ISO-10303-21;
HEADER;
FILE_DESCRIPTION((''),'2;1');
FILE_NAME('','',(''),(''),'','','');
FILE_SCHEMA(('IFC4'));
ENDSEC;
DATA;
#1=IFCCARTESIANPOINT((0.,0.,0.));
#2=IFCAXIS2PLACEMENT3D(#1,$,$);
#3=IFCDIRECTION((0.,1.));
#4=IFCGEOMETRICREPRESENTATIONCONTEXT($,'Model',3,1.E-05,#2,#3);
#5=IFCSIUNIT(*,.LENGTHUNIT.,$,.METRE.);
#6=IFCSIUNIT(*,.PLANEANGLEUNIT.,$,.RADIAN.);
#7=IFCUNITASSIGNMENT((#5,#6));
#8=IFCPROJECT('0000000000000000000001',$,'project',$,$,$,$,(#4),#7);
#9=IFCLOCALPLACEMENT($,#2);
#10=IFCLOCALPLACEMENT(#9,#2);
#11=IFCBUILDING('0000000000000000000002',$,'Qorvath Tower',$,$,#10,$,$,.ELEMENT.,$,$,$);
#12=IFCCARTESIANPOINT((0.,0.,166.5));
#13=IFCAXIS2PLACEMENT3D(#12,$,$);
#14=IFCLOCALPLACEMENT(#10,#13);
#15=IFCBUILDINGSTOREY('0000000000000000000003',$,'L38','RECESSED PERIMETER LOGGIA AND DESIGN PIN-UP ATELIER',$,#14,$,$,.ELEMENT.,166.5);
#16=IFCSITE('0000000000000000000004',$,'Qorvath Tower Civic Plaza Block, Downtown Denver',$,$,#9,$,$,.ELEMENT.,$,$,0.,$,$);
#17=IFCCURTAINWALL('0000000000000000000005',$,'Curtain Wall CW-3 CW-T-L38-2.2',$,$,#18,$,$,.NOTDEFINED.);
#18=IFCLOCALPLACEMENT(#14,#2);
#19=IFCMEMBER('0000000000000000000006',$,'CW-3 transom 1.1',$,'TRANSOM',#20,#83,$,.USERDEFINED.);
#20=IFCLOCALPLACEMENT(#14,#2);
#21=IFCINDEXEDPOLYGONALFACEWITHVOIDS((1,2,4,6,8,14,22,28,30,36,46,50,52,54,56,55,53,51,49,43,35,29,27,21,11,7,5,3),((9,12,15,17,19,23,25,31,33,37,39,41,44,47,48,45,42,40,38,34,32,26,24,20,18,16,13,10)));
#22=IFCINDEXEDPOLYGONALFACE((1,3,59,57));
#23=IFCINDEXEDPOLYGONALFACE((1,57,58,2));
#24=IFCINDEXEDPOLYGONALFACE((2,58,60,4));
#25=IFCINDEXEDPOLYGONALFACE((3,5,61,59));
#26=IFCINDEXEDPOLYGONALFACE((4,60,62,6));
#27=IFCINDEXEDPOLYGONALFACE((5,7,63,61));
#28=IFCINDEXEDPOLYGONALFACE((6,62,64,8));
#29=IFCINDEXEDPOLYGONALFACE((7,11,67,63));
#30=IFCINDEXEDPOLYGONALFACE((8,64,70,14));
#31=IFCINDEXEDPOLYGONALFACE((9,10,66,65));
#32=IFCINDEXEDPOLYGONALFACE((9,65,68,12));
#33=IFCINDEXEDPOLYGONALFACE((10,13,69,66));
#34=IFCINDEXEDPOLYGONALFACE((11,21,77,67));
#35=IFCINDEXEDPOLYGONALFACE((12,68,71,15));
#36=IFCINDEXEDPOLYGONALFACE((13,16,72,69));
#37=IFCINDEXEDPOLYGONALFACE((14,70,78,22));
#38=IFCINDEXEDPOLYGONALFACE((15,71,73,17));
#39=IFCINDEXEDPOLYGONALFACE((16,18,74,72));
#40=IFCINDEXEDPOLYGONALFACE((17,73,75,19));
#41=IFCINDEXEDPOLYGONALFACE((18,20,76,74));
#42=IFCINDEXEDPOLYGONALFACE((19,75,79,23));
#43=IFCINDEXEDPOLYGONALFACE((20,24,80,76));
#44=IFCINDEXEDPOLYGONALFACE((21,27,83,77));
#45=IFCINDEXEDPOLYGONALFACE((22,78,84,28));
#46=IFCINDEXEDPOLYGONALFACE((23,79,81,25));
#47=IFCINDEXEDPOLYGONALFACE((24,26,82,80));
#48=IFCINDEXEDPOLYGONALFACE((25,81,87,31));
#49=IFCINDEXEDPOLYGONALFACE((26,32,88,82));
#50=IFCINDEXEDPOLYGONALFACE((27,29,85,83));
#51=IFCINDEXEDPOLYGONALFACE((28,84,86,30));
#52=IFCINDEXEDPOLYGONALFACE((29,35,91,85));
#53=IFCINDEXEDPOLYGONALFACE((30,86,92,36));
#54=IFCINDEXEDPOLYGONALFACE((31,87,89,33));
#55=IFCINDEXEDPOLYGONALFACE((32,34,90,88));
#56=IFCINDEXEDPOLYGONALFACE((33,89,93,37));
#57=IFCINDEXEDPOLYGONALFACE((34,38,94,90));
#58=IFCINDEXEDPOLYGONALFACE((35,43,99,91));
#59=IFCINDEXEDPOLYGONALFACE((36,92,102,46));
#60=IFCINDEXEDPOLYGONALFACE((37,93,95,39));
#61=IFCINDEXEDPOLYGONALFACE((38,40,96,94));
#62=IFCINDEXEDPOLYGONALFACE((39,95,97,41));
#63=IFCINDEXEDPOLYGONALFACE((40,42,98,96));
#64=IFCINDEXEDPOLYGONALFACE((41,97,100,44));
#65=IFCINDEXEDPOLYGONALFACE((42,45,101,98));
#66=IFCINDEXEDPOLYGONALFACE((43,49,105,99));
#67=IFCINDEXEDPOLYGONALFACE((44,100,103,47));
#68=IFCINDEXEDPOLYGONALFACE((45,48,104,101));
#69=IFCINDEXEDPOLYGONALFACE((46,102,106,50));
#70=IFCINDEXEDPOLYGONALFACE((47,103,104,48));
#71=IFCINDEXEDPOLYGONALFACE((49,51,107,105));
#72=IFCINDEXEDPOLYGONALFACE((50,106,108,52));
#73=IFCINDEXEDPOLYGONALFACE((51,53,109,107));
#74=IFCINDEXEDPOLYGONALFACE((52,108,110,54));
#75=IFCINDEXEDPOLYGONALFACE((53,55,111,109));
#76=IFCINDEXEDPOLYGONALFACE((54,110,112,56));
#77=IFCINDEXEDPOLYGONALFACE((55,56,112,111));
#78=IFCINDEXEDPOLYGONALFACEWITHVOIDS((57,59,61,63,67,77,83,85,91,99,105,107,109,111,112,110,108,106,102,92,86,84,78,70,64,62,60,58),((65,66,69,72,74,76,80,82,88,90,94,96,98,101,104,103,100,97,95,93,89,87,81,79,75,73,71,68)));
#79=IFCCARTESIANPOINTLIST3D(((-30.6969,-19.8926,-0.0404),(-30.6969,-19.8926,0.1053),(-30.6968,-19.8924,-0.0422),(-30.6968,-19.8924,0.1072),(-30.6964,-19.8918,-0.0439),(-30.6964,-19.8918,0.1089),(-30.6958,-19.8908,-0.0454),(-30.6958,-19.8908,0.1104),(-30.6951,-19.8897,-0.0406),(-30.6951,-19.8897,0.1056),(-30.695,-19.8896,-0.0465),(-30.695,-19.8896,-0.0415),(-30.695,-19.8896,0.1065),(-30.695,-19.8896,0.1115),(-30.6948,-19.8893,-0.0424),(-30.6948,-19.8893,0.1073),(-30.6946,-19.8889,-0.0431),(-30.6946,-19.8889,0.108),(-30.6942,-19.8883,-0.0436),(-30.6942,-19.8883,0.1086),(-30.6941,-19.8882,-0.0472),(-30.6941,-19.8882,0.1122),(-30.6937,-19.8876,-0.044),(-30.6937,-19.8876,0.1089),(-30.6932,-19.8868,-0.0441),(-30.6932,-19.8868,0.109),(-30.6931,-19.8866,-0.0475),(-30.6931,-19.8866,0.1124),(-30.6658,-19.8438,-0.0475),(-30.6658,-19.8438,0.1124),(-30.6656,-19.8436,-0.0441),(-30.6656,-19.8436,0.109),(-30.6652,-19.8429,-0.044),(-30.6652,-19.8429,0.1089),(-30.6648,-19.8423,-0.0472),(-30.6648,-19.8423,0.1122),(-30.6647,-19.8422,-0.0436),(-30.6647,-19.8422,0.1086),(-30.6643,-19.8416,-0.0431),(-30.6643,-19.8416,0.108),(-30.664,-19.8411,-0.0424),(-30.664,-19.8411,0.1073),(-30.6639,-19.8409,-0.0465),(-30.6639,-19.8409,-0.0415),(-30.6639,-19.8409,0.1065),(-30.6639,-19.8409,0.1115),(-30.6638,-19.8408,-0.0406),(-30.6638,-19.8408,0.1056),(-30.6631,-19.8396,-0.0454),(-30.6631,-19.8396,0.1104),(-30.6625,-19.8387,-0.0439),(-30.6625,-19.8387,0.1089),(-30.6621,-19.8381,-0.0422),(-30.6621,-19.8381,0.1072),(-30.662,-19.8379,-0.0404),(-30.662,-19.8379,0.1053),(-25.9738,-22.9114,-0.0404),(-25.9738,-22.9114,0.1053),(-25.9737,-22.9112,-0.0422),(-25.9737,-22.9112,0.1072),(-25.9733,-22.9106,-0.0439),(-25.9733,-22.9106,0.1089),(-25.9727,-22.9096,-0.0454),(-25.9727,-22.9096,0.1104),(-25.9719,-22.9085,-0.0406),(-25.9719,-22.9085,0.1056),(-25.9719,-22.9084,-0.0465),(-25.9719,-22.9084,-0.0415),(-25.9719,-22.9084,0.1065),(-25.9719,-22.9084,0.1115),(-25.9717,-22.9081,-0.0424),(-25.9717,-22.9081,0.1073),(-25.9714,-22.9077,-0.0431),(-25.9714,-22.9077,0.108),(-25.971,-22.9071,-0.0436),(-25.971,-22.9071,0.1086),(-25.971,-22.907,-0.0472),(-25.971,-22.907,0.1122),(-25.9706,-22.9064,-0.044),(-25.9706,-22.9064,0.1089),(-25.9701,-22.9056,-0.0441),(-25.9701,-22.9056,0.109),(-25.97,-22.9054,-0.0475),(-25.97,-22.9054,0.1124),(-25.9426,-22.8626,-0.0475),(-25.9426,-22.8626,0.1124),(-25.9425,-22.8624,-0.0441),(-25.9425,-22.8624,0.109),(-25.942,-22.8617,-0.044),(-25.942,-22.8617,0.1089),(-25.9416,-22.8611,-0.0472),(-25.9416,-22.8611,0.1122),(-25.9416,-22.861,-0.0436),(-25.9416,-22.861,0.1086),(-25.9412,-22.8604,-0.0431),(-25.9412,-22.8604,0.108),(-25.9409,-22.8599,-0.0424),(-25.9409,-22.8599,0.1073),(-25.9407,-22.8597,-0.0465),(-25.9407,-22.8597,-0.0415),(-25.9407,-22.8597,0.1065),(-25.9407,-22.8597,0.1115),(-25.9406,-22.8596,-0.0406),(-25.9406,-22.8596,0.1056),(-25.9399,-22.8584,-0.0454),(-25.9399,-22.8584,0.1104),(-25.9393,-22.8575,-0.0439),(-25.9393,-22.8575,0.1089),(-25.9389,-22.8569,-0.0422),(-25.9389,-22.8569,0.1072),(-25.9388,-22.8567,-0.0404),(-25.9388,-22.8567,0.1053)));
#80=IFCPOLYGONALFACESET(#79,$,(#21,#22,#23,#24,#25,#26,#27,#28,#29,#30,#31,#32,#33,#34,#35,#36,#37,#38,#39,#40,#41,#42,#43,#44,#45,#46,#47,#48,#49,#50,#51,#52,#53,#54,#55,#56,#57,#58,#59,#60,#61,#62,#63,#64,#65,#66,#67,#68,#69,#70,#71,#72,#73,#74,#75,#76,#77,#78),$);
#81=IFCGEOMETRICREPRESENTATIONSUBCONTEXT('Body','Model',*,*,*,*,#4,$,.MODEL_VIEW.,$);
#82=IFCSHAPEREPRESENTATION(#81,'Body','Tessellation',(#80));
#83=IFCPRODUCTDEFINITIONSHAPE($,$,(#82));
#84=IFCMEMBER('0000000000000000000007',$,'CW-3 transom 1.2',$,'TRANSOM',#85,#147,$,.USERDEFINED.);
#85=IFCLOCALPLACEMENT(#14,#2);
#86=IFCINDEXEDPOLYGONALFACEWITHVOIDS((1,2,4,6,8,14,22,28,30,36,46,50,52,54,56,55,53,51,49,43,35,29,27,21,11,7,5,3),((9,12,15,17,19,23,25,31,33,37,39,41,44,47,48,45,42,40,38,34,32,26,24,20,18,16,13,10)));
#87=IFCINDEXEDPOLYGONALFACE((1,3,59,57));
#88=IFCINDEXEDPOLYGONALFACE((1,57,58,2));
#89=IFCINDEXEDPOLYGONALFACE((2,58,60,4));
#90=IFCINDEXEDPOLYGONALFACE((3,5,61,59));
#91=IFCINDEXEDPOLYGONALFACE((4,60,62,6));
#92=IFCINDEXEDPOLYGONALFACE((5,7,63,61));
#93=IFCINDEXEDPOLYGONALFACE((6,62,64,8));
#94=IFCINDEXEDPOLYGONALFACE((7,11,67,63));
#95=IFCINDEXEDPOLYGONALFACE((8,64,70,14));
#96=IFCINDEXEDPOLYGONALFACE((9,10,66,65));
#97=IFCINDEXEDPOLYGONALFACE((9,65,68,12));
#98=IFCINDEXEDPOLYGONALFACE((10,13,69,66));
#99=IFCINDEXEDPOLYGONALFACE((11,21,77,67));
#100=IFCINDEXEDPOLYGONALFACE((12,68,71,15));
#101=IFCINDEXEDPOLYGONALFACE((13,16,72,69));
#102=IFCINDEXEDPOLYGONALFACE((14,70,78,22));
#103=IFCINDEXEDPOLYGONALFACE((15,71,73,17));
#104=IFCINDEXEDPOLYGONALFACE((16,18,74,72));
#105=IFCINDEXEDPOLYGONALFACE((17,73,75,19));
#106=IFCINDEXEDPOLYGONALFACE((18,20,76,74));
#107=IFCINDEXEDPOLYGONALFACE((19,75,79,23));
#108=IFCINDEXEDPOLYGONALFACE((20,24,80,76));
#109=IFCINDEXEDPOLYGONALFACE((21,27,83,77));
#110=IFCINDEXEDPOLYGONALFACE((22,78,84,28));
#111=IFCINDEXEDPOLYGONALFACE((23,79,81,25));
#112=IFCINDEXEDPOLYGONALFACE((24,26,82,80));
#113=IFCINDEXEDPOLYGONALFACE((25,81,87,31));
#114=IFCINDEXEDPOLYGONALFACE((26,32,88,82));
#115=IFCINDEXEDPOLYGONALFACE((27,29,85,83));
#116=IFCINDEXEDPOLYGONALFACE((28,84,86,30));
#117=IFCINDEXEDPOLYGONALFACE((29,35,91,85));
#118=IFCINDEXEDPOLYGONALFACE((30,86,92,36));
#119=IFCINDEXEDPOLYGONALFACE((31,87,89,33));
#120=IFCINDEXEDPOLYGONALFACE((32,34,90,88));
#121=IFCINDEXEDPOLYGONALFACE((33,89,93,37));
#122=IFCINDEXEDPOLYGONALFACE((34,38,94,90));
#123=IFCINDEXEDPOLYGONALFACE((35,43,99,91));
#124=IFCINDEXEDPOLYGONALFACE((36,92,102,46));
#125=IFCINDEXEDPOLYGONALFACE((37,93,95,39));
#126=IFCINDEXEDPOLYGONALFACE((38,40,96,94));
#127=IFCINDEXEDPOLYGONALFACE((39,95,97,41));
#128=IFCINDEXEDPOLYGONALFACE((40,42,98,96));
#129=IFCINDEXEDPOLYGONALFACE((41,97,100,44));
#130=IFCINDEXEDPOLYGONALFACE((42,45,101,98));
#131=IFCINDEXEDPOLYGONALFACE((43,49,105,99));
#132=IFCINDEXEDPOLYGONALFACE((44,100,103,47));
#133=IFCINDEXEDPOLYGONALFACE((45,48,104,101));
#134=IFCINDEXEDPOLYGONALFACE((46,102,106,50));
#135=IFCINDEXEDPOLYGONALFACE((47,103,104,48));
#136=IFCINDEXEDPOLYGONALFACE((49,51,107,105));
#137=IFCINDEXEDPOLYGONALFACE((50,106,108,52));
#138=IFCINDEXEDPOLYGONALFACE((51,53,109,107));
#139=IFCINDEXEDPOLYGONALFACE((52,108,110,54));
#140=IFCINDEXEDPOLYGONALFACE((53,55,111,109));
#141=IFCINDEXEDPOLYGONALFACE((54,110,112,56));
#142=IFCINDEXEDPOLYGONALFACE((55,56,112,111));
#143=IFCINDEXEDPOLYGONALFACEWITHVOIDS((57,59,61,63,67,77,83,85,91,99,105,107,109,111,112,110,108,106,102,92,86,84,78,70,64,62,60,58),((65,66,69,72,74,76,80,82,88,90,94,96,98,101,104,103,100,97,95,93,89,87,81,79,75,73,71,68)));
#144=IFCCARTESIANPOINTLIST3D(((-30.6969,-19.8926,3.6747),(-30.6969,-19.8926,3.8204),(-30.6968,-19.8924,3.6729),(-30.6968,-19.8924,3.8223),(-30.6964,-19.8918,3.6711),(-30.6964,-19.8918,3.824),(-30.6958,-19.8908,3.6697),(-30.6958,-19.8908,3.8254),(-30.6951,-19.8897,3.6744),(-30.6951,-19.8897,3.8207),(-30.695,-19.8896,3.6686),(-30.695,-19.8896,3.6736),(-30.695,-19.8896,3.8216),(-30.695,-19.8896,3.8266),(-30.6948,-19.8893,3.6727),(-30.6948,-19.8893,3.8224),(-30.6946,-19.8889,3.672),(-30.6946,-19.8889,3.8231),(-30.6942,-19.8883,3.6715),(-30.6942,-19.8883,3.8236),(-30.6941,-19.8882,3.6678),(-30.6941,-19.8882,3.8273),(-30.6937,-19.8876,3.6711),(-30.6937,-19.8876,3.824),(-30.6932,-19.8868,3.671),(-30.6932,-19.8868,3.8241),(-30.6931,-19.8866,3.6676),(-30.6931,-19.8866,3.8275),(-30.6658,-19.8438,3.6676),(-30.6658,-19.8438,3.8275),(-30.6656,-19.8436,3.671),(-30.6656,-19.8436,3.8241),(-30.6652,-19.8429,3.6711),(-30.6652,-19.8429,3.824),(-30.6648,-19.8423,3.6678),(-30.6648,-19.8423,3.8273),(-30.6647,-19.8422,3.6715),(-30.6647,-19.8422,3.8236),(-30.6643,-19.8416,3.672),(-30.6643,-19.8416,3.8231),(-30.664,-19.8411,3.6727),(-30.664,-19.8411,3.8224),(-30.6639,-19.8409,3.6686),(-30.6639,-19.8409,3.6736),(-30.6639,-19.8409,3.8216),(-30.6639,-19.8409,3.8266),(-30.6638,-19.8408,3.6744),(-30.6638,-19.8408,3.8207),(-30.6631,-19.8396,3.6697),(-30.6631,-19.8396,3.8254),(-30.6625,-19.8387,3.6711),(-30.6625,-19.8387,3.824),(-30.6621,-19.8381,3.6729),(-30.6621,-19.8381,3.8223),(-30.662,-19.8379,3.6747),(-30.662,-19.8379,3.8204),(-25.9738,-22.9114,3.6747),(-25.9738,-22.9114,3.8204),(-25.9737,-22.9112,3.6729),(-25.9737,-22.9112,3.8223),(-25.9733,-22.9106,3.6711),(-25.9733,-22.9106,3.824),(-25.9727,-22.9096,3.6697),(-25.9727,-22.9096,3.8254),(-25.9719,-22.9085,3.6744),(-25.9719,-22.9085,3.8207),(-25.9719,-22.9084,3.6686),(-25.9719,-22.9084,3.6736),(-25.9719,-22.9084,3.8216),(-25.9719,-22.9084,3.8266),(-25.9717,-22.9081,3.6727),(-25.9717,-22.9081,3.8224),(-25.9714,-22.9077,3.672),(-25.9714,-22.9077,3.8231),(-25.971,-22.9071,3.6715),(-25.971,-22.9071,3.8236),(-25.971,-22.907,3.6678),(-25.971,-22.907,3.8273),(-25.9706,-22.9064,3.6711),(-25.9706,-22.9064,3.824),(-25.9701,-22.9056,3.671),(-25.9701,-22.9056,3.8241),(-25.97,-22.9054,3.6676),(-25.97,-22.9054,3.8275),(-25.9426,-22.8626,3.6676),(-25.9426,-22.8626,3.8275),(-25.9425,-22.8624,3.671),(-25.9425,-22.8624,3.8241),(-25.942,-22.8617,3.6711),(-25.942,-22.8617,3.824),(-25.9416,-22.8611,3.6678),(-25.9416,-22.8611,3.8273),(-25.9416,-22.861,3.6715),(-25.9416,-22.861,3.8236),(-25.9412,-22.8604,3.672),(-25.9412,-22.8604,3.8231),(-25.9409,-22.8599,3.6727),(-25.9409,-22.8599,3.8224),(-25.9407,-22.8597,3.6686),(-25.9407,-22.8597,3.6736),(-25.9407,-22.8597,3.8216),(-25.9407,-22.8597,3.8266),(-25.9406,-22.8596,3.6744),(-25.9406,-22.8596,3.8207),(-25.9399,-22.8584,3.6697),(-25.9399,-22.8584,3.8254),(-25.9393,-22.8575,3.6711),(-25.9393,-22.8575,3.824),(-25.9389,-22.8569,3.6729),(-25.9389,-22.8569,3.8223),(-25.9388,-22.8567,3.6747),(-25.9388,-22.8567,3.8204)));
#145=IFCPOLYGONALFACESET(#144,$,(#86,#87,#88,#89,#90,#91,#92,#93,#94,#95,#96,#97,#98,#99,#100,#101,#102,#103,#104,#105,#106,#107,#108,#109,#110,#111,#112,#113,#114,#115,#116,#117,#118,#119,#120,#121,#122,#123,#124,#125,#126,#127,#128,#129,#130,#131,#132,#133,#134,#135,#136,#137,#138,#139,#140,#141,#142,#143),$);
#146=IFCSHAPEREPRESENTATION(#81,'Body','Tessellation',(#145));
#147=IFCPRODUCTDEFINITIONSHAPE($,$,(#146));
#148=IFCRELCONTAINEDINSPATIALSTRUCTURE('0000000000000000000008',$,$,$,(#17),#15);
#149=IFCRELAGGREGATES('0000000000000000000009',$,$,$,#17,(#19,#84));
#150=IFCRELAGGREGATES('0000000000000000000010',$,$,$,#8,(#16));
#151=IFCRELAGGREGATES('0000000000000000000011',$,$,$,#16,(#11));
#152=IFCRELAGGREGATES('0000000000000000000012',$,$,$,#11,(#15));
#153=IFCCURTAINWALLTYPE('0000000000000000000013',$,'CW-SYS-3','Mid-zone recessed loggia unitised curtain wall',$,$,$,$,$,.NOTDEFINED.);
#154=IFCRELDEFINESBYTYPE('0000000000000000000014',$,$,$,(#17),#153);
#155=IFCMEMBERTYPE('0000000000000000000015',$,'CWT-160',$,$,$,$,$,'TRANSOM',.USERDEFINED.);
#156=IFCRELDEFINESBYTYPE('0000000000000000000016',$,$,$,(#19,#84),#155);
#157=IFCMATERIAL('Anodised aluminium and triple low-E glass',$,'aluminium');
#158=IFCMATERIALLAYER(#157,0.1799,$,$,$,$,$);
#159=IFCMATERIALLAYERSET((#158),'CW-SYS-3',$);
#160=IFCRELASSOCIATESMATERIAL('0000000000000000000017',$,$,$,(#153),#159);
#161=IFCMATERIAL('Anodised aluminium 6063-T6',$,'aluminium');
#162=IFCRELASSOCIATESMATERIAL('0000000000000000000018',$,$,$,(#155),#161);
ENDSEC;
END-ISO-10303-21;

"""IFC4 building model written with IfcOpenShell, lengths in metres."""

from ifc_helpers import new_model, si_unit, direction, frame, origin, origin_2d, place, context, subcontext, project, spatial, hollow_rectangle, extrude, material, layer, layer_set, material_profile, profile_set, type_object, element, aggregate, save


model = new_model("IFC4")

# Units and contexts
model_context = context("Model", 3, precision=1e-05, world=origin(), true_north=direction((0.0, 1.0)))
body_context = subcontext(model_context, "Body", "Model", "MODEL_VIEW")
ifc_project = project(units=[si_unit("LENGTHUNIT", "METRE"), si_unit("PLANEANGLEUNIT", "RADIAN")], contexts=[model_context])

# Site, building, storey
site_placement = place(None, origin())
site = spatial("IfcSite", under=ifc_project, at=site_placement, Name="Qorvath Tower Civic Plaza Block, Downtown Denver", CompositionType="ELEMENT", RefElevation=0.0)
building_placement = place(site_placement, origin())
building = spatial("IfcBuilding", under=site, at=building_placement, Name="Qorvath Tower", CompositionType="ELEMENT")
storey_placement = place(building_placement, frame((0.0, 0.0, 166.5)))
storey = spatial("IfcBuildingStorey", under=building, at=storey_placement, Name="L38", Description="RECESSED PERIMETER LOGGIA AND DESIGN PIN-UP ATELIER", CompositionType="ELEMENT", Elevation=166.5)

# Curtain wall, members
ifc_material_1 = material(Name="Anodised aluminium and triple low-E glass", Category="aluminium")
ifc_layer_1 = layer(ifc_material_1, 0.1799)
ifc_layer_set_1 = layer_set([ifc_layer_1], Name="CW-SYS-3")
curtain_wall_type = type_object("IfcCurtainWallType", Name="CW-SYS-3", Description="Mid-zone recessed loggia unitised curtain wall", PredefinedType="NOTDEFINED", material=ifc_layer_set_1)
curtain_wall_placement = place(storey_placement, origin())
curtain_wall = element("IfcCurtainWall", 1, at=curtain_wall_placement, inside=storey, type_object=curtain_wall_type, Name="Curtain Wall CW-3 CW-T-L38-2.2", PredefinedType="NOTDEFINED")
ifc_material_2 = material(Name="Anodised aluminium 6063-T6", Category="aluminium")
ifc_material_profile_1 = material_profile(ifc_material_2, hollow_rectangle(XDim=0.0649, YDim=0.1599, WallThickness=0.0034, InnerFilletRadius=0.0034, OuterFilletRadius=0.0071, at=origin_2d()), Name="CWT 160x65")
ifc_profile_set_1 = profile_set([ifc_material_profile_1], Name="Anodised aluminium 6063-T6")
member_type_1 = type_object("IfcMemberType", Name="CWT-160", ElementType="TRANSOM", PredefinedType="USERDEFINED", material=ifc_profile_set_1)
member_1_placement = place(storey_placement, frame((-30.6794, -19.8652, 0.0325), z_axis=(0.842596, -0.538546, 0.0), x_axis=(0.538546, 0.842596, 0.0)))
member_1 = element("IfcMember", 2, at=member_1_placement, type_object=member_type_1, Name="CW-3 transom 1.1", ObjectType="TRANSOM", PredefinedType="USERDEFINED", context=body_context, shape_type="SweptSolid", body=[
    extrude(hollow_rectangle(XDim=0.0649, YDim=0.1599, WallThickness=0.0034, InnerFilletRadius=0.0034, OuterFilletRadius=0.0071, at=origin_2d()), origin(), (0.0, 0.0, 1.0), 5.6055),
])
member_2_placement = place(storey_placement, frame((-30.6794, -19.8652, 3.7476), z_axis=(0.842596, -0.538546, 0.0), x_axis=(0.538546, 0.842596, 0.0)))
member_2 = element("IfcMember", 3, at=member_2_placement, type_object=member_type_1, Name="CW-3 transom 1.2", ObjectType="TRANSOM", PredefinedType="USERDEFINED", context=body_context, shape_type="SweptSolid", body=[
    extrude(hollow_rectangle(XDim=0.0649, YDim=0.1599, WallThickness=0.0034, InnerFilletRadius=0.0034, OuterFilletRadius=0.0071, at=origin_2d()), origin(), (0.0, 0.0, 1.0), 5.6055),
])
aggregate(curtain_wall, [member_1, member_2])

save(model, "model.ifc")
